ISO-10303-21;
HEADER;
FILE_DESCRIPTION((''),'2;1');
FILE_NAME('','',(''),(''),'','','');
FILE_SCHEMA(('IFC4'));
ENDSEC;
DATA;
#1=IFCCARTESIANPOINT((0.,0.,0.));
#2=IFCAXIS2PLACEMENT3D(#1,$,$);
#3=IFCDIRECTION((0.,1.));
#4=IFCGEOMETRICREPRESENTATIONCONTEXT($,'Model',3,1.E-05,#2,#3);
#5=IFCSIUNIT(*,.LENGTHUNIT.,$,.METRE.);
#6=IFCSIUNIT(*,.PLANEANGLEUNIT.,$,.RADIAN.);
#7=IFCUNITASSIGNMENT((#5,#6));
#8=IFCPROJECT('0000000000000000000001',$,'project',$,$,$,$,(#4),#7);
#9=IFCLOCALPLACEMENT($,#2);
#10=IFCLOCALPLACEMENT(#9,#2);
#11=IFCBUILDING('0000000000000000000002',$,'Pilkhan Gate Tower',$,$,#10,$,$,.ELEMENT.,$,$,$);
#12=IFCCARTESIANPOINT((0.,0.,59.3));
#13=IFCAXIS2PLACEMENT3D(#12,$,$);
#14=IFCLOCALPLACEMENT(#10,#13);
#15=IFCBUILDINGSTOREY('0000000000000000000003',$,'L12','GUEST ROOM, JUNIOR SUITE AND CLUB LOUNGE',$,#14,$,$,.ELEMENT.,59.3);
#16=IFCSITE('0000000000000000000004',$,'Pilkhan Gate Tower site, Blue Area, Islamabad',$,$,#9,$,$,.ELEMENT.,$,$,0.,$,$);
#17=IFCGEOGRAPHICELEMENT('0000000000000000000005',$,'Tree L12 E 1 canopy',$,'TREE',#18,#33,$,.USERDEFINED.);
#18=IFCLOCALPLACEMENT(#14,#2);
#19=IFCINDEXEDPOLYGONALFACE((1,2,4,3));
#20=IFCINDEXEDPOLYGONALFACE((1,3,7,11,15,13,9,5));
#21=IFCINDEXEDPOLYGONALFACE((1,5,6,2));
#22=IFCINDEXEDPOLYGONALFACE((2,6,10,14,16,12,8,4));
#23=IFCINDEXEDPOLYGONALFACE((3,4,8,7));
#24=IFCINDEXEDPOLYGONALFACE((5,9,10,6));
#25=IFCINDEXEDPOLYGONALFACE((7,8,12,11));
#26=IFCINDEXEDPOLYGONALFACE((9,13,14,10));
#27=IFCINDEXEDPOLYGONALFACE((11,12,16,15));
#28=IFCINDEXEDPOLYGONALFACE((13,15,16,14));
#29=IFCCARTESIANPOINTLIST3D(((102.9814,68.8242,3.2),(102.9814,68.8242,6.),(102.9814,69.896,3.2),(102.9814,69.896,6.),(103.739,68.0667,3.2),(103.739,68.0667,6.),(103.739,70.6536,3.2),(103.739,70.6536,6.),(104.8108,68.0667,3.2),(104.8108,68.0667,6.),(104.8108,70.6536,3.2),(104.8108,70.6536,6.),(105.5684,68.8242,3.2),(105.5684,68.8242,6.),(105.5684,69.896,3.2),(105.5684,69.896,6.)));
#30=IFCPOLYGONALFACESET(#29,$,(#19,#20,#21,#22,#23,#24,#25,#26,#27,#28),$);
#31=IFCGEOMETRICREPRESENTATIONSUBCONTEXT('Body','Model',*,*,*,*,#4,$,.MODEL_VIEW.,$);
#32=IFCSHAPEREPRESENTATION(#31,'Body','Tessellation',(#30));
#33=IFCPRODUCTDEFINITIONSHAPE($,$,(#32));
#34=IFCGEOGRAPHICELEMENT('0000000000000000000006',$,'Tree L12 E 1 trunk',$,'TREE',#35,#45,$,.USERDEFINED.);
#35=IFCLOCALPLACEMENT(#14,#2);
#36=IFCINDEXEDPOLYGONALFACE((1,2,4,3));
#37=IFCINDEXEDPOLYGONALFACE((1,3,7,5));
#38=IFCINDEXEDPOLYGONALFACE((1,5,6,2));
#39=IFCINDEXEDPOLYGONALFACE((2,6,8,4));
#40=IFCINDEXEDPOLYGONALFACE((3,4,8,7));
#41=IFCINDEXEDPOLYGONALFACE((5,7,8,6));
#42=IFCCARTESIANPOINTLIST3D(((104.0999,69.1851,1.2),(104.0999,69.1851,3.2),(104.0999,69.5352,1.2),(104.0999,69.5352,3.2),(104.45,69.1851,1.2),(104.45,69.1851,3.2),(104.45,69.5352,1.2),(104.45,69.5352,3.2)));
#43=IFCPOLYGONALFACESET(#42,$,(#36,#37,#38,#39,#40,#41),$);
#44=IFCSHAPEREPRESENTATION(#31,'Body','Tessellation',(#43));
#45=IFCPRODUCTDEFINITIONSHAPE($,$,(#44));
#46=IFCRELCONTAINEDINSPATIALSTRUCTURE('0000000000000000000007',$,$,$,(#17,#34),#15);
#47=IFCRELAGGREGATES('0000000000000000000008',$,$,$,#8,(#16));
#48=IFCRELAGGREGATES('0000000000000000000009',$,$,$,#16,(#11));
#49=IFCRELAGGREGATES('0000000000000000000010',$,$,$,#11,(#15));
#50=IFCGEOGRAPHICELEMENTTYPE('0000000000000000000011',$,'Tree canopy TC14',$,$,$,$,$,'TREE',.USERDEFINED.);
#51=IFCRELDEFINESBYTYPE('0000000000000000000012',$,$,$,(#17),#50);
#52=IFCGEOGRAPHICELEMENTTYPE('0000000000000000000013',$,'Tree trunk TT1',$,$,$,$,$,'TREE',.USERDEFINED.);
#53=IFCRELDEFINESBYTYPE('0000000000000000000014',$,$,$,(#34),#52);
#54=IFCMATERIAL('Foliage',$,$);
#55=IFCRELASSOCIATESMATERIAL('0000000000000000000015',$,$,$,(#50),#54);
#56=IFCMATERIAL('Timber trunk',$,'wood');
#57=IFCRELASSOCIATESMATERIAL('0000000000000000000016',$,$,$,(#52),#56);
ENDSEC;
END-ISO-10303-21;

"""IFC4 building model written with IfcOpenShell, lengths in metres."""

from ifc_helpers import new_model, si_unit, direction, frame, origin, origin_2d, place, context, subcontext, project, spatial, polyline, rectangle, outline, extrude, material, material_profile, profile_set, type_object, element, save


model = new_model("IFC4")

# Units and contexts
model_context = context("Model", 3, precision=1e-05, world=origin(), true_north=direction((0.0, 1.0)))
body_context = subcontext(model_context, "Body", "Model", "MODEL_VIEW")
ifc_project = project(units=[si_unit("LENGTHUNIT", "METRE"), si_unit("PLANEANGLEUNIT", "RADIAN")], contexts=[model_context])

# Site, building, storey
site_placement = place(None, origin())
site = spatial("IfcSite", under=ifc_project, at=site_placement, Name="Pilkhan Gate Tower site, Blue Area, Islamabad", CompositionType="ELEMENT", RefElevation=0.0)
building_placement = place(site_placement, origin())
building = spatial("IfcBuilding", under=site, at=building_placement, Name="Pilkhan Gate Tower", CompositionType="ELEMENT")
storey_placement = place(building_placement, frame((0.0, 0.0, 59.3)))
storey = spatial("IfcBuildingStorey", under=building, at=storey_placement, Name="L12", Description="GUEST ROOM, JUNIOR SUITE AND CLUB LOUNGE", CompositionType="ELEMENT", Elevation=59.3)

# Geographic elements
ifc_material_1 = material(Name="Foliage")
ifc_material_profile_1 = material_profile(ifc_material_1, outline(polyline([(1.2935, 0.5359), (0.5359, 1.2935), (-0.5359, 1.2935), (-1.2935, 0.5359), (-1.2935, -0.5359), (-0.5359, -1.2935), (0.5359, -1.2935), (1.2935, -0.5359), (1.2935, 0.5359)])), Name="Canopy D2.8")
ifc_profile_set_1 = profile_set([ifc_material_profile_1], Name="Foliage")
geographic_element_type_1 = type_object("IfcGeographicElementType", Name="Tree canopy TC14", ElementType="TREE", PredefinedType="USERDEFINED", material=ifc_profile_set_1)
geographic_element_1_placement = place(storey_placement, frame((104.2749, 69.3601, 3.2), z_axis=(0.0, 0.0, 1.0), x_axis=(1.0, 0.0, 0.0)))
element("IfcGeographicElement", 1, at=geographic_element_1_placement, inside=storey, type_object=geographic_element_type_1, Name="Tree L12 E 1 canopy", ObjectType="TREE", PredefinedType="USERDEFINED", context=body_context, shape_type="SweptSolid", body=[
    extrude(outline(polyline([(1.2935, 0.5359), (0.5359, 1.2935), (-0.5359, 1.2935), (-1.2935, 0.5359), (-1.2935, -0.5359), (-0.5359, -1.2935), (0.5359, -1.2935), (1.2935, -0.5359), (1.2935, 0.5359)])), origin(), (0.0, 0.0, 1.0), 2.8),
])
ifc_material_2 = material(Name="Timber trunk", Category="wood")
geographic_element_type_2 = type_object("IfcGeographicElementType", Name="Tree trunk TT1", ElementType="TREE", PredefinedType="USERDEFINED", material=ifc_material_2)
geographic_element_2_placement = place(storey_placement, frame((104.2749, 69.3601, 1.2), z_axis=(0.0, 0.0, 1.0), x_axis=(1.0, 0.0, 0.0)))
element("IfcGeographicElement", 2, at=geographic_element_2_placement, inside=storey, type_object=geographic_element_type_2, Name="Tree L12 E 1 trunk", ObjectType="TREE", PredefinedType="USERDEFINED", context=body_context, shape_type="SweptSolid", body=[
    extrude(rectangle(XDim=0.3501, YDim=0.3501, at=origin_2d()), origin(), (0.0, 0.0, 1.0), 2.0),
])

save(model, "model.ifc")
